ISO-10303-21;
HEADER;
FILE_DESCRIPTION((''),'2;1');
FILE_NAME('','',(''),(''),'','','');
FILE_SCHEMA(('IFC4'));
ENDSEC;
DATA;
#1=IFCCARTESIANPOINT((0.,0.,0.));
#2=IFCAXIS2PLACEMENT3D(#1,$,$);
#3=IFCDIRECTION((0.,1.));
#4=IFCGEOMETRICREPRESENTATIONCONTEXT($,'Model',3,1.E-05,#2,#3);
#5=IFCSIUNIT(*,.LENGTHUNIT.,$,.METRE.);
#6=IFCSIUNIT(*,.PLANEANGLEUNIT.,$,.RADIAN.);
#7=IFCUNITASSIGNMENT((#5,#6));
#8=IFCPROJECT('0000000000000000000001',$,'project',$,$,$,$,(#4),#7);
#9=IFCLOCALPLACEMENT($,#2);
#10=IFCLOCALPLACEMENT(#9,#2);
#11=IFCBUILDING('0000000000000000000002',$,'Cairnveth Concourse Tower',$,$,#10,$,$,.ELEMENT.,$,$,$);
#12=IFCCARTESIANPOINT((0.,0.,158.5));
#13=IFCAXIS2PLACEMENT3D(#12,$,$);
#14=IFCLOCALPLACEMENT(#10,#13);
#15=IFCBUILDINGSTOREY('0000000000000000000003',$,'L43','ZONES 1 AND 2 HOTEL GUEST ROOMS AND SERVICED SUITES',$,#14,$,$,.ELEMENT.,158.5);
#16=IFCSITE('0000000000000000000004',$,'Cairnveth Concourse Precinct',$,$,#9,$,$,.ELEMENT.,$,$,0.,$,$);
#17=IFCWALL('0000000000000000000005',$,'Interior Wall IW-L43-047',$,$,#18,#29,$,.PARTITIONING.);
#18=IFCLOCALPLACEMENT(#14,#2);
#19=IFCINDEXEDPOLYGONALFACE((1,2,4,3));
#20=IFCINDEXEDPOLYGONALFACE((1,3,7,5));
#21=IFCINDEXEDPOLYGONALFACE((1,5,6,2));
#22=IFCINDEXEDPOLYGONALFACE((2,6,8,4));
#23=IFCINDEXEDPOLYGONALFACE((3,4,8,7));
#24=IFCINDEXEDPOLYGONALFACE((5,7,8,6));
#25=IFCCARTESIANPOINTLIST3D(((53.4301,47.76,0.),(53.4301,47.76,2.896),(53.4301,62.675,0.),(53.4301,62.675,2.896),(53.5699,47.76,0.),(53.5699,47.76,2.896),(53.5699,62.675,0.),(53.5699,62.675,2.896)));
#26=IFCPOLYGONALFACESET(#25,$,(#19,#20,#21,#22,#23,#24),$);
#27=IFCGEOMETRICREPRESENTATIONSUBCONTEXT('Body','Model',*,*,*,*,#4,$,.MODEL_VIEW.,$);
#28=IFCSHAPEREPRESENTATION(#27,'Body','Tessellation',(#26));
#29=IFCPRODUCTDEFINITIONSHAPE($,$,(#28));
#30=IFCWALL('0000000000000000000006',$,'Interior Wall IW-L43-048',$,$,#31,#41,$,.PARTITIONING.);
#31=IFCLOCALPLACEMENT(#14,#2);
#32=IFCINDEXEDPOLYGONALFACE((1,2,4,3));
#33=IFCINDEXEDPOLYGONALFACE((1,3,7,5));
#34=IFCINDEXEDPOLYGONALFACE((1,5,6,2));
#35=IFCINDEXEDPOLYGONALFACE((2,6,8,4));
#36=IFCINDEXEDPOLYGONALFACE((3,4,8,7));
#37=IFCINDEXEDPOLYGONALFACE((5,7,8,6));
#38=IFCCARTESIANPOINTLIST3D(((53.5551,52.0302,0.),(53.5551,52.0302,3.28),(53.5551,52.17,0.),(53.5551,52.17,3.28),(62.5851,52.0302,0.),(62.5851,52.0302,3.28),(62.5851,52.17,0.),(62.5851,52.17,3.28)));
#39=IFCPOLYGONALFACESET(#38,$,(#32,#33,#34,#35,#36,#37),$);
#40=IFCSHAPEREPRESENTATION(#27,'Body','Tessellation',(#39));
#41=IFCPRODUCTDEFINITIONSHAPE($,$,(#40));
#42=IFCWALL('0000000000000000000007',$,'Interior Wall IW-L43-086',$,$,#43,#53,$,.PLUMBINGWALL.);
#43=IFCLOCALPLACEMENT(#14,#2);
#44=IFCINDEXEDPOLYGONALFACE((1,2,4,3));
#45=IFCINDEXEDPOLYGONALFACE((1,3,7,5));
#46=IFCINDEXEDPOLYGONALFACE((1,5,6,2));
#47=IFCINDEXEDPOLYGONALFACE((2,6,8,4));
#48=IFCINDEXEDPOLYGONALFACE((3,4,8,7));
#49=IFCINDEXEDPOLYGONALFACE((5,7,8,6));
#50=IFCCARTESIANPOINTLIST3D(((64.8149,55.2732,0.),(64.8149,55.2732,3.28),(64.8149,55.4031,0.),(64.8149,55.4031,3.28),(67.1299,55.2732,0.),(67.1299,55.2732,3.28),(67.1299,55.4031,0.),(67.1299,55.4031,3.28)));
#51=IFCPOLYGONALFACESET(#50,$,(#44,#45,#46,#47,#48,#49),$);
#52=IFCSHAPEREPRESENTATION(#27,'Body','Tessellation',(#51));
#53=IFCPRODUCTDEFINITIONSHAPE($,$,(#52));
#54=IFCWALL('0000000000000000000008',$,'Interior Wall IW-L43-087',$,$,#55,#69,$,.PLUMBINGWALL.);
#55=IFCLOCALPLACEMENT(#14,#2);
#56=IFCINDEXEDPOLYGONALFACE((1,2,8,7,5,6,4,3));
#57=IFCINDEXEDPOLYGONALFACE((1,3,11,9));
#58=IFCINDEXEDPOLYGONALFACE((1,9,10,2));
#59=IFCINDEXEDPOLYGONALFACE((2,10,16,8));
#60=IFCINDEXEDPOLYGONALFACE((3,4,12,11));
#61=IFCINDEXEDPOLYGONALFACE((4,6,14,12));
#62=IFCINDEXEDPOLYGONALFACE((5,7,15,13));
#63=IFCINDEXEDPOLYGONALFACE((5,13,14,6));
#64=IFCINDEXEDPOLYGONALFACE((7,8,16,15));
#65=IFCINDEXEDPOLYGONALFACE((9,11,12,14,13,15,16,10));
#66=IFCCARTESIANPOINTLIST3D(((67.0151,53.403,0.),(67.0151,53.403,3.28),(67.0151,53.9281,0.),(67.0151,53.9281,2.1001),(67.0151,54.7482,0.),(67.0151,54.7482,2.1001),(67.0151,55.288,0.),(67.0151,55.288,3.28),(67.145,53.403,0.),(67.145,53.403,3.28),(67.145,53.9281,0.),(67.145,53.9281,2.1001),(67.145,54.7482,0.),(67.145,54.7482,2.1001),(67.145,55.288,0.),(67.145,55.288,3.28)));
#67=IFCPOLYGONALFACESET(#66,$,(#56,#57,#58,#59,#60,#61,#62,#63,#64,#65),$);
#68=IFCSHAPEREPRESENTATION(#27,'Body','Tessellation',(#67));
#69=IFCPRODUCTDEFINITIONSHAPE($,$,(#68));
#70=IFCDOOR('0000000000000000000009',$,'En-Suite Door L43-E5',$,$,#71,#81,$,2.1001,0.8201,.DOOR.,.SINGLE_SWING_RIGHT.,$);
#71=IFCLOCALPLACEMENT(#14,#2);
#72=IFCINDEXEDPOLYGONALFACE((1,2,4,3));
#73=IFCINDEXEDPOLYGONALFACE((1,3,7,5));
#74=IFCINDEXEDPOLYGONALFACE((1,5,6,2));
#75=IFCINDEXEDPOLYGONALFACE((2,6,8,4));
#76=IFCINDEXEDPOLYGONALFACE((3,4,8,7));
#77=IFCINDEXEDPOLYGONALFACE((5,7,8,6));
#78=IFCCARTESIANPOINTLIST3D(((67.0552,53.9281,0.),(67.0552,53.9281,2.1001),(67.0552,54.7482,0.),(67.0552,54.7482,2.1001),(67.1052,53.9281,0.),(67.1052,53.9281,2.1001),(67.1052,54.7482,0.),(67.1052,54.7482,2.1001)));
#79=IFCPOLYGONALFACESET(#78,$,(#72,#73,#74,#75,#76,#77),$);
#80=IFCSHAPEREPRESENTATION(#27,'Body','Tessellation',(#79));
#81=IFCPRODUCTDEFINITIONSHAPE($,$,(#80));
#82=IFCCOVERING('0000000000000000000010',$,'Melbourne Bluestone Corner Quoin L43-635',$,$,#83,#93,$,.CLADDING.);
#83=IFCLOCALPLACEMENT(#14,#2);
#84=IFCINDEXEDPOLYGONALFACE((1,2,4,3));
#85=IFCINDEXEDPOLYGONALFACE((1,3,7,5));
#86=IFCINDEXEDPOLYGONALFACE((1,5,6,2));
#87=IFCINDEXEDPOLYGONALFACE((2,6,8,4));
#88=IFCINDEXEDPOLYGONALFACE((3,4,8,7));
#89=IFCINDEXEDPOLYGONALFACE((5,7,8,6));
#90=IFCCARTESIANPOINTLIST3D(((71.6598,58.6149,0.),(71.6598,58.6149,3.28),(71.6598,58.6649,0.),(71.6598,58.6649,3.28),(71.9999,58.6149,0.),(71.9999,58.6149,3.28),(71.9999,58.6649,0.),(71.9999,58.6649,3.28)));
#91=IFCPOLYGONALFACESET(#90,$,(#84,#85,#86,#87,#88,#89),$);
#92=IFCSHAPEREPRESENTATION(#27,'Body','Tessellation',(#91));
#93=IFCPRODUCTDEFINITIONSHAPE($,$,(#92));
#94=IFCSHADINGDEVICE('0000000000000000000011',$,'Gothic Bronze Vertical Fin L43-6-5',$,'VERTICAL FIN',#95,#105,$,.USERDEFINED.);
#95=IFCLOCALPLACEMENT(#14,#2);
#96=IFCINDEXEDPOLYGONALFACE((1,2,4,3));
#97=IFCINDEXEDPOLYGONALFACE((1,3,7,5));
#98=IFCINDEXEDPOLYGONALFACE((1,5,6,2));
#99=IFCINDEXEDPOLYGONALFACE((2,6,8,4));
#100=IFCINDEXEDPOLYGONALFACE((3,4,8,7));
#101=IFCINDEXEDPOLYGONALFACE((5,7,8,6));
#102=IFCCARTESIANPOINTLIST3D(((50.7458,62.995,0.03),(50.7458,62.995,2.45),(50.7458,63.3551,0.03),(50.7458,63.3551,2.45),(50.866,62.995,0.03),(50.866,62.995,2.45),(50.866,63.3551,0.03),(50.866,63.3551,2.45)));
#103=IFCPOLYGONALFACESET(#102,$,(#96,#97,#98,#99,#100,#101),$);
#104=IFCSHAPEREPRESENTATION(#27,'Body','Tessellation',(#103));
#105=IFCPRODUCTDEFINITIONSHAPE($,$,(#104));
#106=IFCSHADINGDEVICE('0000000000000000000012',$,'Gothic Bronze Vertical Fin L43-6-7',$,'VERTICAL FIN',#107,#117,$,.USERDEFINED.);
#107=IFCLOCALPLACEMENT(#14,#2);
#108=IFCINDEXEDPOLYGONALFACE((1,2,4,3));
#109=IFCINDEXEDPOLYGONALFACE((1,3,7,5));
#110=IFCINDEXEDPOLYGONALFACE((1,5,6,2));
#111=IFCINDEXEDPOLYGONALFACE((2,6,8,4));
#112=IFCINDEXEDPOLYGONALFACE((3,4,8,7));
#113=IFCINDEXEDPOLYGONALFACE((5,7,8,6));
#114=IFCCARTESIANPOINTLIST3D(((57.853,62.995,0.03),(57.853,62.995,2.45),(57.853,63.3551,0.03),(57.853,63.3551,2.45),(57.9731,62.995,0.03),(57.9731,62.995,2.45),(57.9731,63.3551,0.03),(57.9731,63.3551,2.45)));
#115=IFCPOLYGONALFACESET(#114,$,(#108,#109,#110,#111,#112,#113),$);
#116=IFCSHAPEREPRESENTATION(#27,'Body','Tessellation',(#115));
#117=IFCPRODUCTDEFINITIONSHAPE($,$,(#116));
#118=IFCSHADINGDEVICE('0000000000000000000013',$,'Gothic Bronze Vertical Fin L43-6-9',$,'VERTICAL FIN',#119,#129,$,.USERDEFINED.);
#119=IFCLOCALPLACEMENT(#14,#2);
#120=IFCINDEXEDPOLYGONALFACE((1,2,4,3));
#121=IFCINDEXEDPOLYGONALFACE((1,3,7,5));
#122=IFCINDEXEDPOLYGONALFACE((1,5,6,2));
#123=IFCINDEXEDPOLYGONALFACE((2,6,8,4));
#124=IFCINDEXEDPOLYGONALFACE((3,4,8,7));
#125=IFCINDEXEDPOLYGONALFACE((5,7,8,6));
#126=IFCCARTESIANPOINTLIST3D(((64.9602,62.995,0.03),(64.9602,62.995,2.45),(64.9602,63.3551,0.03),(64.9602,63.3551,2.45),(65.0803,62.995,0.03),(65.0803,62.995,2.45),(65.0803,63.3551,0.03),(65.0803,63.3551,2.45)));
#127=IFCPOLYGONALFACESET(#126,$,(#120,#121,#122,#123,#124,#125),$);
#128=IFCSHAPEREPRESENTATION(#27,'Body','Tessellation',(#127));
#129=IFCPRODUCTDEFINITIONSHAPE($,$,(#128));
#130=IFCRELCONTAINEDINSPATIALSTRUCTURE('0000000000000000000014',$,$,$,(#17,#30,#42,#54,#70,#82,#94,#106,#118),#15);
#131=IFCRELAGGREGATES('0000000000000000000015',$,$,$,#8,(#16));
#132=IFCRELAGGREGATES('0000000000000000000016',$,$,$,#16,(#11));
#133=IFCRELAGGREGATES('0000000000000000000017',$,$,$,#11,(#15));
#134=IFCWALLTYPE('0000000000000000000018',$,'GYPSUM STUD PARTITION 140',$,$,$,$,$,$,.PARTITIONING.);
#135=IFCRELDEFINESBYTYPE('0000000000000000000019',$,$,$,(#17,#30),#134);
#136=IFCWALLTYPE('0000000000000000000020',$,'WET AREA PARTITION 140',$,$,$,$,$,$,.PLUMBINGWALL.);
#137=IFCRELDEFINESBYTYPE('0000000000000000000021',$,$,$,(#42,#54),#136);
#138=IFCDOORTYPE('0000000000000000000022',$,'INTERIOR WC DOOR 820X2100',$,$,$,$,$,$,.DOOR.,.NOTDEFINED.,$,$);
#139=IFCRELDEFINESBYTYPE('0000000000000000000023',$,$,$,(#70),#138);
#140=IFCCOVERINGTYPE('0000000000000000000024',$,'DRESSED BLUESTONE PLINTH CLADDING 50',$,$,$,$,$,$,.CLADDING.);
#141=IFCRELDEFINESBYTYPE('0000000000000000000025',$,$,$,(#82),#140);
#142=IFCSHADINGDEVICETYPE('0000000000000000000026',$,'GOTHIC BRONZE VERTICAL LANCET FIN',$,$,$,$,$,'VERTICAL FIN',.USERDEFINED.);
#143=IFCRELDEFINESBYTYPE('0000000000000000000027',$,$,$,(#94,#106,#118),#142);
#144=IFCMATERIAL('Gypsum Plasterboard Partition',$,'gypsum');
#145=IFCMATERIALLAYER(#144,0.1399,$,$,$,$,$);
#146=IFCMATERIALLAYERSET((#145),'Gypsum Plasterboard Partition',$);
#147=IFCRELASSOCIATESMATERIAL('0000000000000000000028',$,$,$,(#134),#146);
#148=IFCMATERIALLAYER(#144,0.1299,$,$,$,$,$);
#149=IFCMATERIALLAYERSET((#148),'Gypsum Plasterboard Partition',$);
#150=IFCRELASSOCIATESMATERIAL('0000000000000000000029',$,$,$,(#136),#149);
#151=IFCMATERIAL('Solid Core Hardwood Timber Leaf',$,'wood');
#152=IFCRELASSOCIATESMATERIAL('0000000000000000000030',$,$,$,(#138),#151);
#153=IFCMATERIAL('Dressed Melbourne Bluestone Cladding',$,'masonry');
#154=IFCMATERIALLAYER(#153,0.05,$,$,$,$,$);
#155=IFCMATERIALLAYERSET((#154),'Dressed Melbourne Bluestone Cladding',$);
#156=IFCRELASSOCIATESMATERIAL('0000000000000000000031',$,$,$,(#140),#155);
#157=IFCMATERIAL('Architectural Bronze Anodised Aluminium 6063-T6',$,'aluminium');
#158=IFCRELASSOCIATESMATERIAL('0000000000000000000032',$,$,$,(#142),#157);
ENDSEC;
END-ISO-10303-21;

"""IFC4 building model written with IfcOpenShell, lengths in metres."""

from ifc_helpers import new_model, si_unit, direction, frame, frame_2d, origin, origin_2d, place, context, subcontext, project, spatial, rectangle, extrude, material, layer, layer_set, type_object, element, fill, save


model = new_model("IFC4")

# Units and contexts
model_context = context("Model", 3, precision=1e-05, world=origin(), true_north=direction((0.0, 1.0)))
body_context = subcontext(model_context, "Body", "Model", "MODEL_VIEW")
ifc_project = project(units=[si_unit("LENGTHUNIT", "METRE"), si_unit("PLANEANGLEUNIT", "RADIAN")], contexts=[model_context])

# Site, building, storey
site_placement = place(None, origin())
site = spatial("IfcSite", under=ifc_project, at=site_placement, Name="Cairnveth Concourse Precinct", CompositionType="ELEMENT", RefElevation=0.0)
building_placement = place(site_placement, origin())
building = spatial("IfcBuilding", under=site, at=building_placement, Name="Cairnveth Concourse Tower", CompositionType="ELEMENT")
storey_placement = place(building_placement, frame((0.0, 0.0, 158.5)))
storey = spatial("IfcBuildingStorey", under=building, at=storey_placement, Name="L43", Description="ZONES 1 AND 2 HOTEL GUEST ROOMS AND SERVICED SUITES", CompositionType="ELEMENT", Elevation=158.5)

# Shared definitions
ifc_material_1 = material(Name="Gypsum Plasterboard Partition", Category="gypsum")
ifc_material_2 = material(Name="Solid Core Hardwood Timber Leaf", Category="wood")

# Walls
ifc_layer_1 = layer(ifc_material_1, 0.1399)
ifc_layer_set_1 = layer_set([ifc_layer_1], Name="Gypsum Plasterboard Partition")
wall_type_1 = type_object("IfcWallType", Name="GYPSUM STUD PARTITION 140", PredefinedType="PARTITIONING", material=ifc_layer_set_1)
wall_1_placement = place(storey_placement, frame((53.5, 47.76, 0.0), z_axis=(0.0, 0.0, 1.0), x_axis=(0.0, 1.0, 0.0)))
element("IfcWall", 1, at=wall_1_placement, inside=storey, type_object=wall_type_1, Name="Interior Wall IW-L43-047", PredefinedType="PARTITIONING", context=body_context, shape_type="SweptSolid", body=[
    extrude(rectangle(XDim=14.915, YDim=0.1399, at=frame_2d((7.4575, 0.0))), origin(), (0.0, 0.0, 1.0), 2.896),
])
wall_2_placement = place(storey_placement, frame((53.5549, 52.1001, 0.0), z_axis=(0.0, 0.0, 1.0), x_axis=(1.0, 0.0, 0.0)))
element("IfcWall", 2, at=wall_2_placement, inside=storey, type_object=wall_type_1, Name="Interior Wall IW-L43-048", PredefinedType="PARTITIONING", context=body_context, shape_type="SweptSolid", body=[
    extrude(rectangle(XDim=9.03, YDim=0.1399, at=frame_2d((4.5151, 0.0))), origin(), (0.0, 0.0, 1.0), 3.28),
])
ifc_layer_2 = layer(ifc_material_1, 0.1299)
ifc_layer_set_2 = layer_set([ifc_layer_2], Name="Gypsum Plasterboard Partition")
wall_type_2 = type_object("IfcWallType", Name="WET AREA PARTITION 140", PredefinedType="PLUMBINGWALL", material=ifc_layer_set_2)
wall_3_placement = place(storey_placement, frame((64.8149, 55.3381, 0.0), z_axis=(0.0, 0.0, 1.0), x_axis=(1.0, 0.0, 0.0)))
element("IfcWall", 3, at=wall_3_placement, inside=storey, type_object=wall_type_2, Name="Interior Wall IW-L43-086", PredefinedType="PLUMBINGWALL", context=body_context, shape_type="SweptSolid", body=[
    extrude(rectangle(XDim=2.3149, YDim=0.1299, at=frame_2d((1.1575, 0.0))), origin(), (0.0, 0.0, 1.0), 3.28),
])

# Wall, opening, door
wall_4_placement = place(storey_placement, frame((67.0801, 53.4031, 0.0), z_axis=(0.0, 0.0, 1.0), x_axis=(0.0, 1.0, 0.0)))
wall_4 = element("IfcWall", 4, at=wall_4_placement, inside=storey, type_object=wall_type_2, Name="Interior Wall IW-L43-087", PredefinedType="PLUMBINGWALL", context=body_context, shape_type="SweptSolid", body=[
    extrude(rectangle(XDim=1.885, YDim=0.1299, at=frame_2d((0.9424, 0.0))), origin(), (0.0, 0.0, 1.0), 3.28),
])
opening_1_placement = place(wall_4_placement, frame((0.5249, 0.0, 0.0)))
opening_1 = element("IfcOpeningElement", 5, at=opening_1_placement, cuts=wall_4, PredefinedType="OPENING", context=body_context, shape_type="SweptSolid", body=[
    extrude(rectangle(XDim=0.8201, YDim=2.1001, at=frame_2d((0.4102, 1.05))), frame((0.0, 0.075, 0.0), z_axis=(0.0, -1.0, 0.0), x_axis=(1.0, 0.0, 0.0)), (0.0, 0.0, 1.0), 0.1499),
])
door_type_1 = type_object("IfcDoorType", Name="INTERIOR WC DOOR 820X2100", OperationType="NOTDEFINED", PredefinedType="DOOR", material=ifc_material_2)
door_1_placement = place(opening_1_placement, origin())
door_1 = element("IfcDoor", 6, at=door_1_placement, inside=storey, type_object=door_type_1, Name="En-Suite Door L43-E5", OperationType="SINGLE_SWING_RIGHT", OverallHeight=2.1001, OverallWidth=0.8201, PredefinedType="DOOR", context=body_context, shape_type="SweptSolid", body=[
    extrude(rectangle(XDim=0.8201, YDim=2.1001, at=frame_2d((0.4102, 1.05))), frame((0.0, 0.0249, 0.0), z_axis=(0.0, -1.0, 0.0), x_axis=(1.0, 0.0, 0.0)), (0.0, 0.0, 1.0), 0.05),
])
fill(opening_1, door_1)

# Covering
ifc_material_3 = material(Name="Dressed Melbourne Bluestone Cladding", Category="masonry")
ifc_layer_3 = layer(ifc_material_3, 0.05)
ifc_layer_set_3 = layer_set([ifc_layer_3], Name="Dressed Melbourne Bluestone Cladding")
covering_type = type_object("IfcCoveringType", Name="DRESSED BLUESTONE PLINTH CLADDING 50", PredefinedType="CLADDING", material=ifc_layer_set_3)
covering_placement = place(storey_placement, frame((71.6599, 58.6399, 0.0), z_axis=(0.0, 0.0, 1.0), x_axis=(1.0, 0.0, 0.0)))
element("IfcCovering", 7, at=covering_placement, inside=storey, type_object=covering_type, Name="Melbourne Bluestone Corner Quoin L43-635", PredefinedType="CLADDING", context=body_context, shape_type="SweptSolid", body=[
    extrude(rectangle(XDim=0.3401, YDim=0.05, at=frame_2d((0.1699, 0.0))), origin(), (0.0, 0.0, 1.0), 3.28),
])

# Shading devices
ifc_material_4 = material(Name="Architectural Bronze Anodised Aluminium 6063-T6", Category="aluminium")
shading_device_type = type_object("IfcShadingDeviceType", Name="GOTHIC BRONZE VERTICAL LANCET FIN", ElementType="VERTICAL FIN", PredefinedType="USERDEFINED", material=ifc_material_4)
for number, where, z_axis, x_axis, name in (
    (8, (50.8059, 63.175, 0.03), (0.0, 0.0, 1.0), (1.0, 0.0, 0.0), "Gothic Bronze Vertical Fin L43-6-5"),
    (9, (57.9131, 63.175, 0.03), (0.0, 0.0, 1.0), (1.0, 0.0, 0.0), "Gothic Bronze Vertical Fin L43-6-7"),
    (10, (65.0203, 63.175, 0.03), (0.0, 0.0, 1.0), (1.0, 0.0, 0.0), "Gothic Bronze Vertical Fin L43-6-9"),
):
    element("IfcShadingDevice", number, at=place(storey_placement, frame(where, z_axis=z_axis, x_axis=x_axis)), inside=storey, type_object=shading_device_type, Name=name, ObjectType="VERTICAL FIN", PredefinedType="USERDEFINED", context=body_context, shape_type="SweptSolid", body=[
        extrude(rectangle(XDim=0.1201, YDim=0.3601, at=origin_2d()), origin(), (0.0, 0.0, 1.0), 2.4199),
    ])

save(model, "model.ifc")
